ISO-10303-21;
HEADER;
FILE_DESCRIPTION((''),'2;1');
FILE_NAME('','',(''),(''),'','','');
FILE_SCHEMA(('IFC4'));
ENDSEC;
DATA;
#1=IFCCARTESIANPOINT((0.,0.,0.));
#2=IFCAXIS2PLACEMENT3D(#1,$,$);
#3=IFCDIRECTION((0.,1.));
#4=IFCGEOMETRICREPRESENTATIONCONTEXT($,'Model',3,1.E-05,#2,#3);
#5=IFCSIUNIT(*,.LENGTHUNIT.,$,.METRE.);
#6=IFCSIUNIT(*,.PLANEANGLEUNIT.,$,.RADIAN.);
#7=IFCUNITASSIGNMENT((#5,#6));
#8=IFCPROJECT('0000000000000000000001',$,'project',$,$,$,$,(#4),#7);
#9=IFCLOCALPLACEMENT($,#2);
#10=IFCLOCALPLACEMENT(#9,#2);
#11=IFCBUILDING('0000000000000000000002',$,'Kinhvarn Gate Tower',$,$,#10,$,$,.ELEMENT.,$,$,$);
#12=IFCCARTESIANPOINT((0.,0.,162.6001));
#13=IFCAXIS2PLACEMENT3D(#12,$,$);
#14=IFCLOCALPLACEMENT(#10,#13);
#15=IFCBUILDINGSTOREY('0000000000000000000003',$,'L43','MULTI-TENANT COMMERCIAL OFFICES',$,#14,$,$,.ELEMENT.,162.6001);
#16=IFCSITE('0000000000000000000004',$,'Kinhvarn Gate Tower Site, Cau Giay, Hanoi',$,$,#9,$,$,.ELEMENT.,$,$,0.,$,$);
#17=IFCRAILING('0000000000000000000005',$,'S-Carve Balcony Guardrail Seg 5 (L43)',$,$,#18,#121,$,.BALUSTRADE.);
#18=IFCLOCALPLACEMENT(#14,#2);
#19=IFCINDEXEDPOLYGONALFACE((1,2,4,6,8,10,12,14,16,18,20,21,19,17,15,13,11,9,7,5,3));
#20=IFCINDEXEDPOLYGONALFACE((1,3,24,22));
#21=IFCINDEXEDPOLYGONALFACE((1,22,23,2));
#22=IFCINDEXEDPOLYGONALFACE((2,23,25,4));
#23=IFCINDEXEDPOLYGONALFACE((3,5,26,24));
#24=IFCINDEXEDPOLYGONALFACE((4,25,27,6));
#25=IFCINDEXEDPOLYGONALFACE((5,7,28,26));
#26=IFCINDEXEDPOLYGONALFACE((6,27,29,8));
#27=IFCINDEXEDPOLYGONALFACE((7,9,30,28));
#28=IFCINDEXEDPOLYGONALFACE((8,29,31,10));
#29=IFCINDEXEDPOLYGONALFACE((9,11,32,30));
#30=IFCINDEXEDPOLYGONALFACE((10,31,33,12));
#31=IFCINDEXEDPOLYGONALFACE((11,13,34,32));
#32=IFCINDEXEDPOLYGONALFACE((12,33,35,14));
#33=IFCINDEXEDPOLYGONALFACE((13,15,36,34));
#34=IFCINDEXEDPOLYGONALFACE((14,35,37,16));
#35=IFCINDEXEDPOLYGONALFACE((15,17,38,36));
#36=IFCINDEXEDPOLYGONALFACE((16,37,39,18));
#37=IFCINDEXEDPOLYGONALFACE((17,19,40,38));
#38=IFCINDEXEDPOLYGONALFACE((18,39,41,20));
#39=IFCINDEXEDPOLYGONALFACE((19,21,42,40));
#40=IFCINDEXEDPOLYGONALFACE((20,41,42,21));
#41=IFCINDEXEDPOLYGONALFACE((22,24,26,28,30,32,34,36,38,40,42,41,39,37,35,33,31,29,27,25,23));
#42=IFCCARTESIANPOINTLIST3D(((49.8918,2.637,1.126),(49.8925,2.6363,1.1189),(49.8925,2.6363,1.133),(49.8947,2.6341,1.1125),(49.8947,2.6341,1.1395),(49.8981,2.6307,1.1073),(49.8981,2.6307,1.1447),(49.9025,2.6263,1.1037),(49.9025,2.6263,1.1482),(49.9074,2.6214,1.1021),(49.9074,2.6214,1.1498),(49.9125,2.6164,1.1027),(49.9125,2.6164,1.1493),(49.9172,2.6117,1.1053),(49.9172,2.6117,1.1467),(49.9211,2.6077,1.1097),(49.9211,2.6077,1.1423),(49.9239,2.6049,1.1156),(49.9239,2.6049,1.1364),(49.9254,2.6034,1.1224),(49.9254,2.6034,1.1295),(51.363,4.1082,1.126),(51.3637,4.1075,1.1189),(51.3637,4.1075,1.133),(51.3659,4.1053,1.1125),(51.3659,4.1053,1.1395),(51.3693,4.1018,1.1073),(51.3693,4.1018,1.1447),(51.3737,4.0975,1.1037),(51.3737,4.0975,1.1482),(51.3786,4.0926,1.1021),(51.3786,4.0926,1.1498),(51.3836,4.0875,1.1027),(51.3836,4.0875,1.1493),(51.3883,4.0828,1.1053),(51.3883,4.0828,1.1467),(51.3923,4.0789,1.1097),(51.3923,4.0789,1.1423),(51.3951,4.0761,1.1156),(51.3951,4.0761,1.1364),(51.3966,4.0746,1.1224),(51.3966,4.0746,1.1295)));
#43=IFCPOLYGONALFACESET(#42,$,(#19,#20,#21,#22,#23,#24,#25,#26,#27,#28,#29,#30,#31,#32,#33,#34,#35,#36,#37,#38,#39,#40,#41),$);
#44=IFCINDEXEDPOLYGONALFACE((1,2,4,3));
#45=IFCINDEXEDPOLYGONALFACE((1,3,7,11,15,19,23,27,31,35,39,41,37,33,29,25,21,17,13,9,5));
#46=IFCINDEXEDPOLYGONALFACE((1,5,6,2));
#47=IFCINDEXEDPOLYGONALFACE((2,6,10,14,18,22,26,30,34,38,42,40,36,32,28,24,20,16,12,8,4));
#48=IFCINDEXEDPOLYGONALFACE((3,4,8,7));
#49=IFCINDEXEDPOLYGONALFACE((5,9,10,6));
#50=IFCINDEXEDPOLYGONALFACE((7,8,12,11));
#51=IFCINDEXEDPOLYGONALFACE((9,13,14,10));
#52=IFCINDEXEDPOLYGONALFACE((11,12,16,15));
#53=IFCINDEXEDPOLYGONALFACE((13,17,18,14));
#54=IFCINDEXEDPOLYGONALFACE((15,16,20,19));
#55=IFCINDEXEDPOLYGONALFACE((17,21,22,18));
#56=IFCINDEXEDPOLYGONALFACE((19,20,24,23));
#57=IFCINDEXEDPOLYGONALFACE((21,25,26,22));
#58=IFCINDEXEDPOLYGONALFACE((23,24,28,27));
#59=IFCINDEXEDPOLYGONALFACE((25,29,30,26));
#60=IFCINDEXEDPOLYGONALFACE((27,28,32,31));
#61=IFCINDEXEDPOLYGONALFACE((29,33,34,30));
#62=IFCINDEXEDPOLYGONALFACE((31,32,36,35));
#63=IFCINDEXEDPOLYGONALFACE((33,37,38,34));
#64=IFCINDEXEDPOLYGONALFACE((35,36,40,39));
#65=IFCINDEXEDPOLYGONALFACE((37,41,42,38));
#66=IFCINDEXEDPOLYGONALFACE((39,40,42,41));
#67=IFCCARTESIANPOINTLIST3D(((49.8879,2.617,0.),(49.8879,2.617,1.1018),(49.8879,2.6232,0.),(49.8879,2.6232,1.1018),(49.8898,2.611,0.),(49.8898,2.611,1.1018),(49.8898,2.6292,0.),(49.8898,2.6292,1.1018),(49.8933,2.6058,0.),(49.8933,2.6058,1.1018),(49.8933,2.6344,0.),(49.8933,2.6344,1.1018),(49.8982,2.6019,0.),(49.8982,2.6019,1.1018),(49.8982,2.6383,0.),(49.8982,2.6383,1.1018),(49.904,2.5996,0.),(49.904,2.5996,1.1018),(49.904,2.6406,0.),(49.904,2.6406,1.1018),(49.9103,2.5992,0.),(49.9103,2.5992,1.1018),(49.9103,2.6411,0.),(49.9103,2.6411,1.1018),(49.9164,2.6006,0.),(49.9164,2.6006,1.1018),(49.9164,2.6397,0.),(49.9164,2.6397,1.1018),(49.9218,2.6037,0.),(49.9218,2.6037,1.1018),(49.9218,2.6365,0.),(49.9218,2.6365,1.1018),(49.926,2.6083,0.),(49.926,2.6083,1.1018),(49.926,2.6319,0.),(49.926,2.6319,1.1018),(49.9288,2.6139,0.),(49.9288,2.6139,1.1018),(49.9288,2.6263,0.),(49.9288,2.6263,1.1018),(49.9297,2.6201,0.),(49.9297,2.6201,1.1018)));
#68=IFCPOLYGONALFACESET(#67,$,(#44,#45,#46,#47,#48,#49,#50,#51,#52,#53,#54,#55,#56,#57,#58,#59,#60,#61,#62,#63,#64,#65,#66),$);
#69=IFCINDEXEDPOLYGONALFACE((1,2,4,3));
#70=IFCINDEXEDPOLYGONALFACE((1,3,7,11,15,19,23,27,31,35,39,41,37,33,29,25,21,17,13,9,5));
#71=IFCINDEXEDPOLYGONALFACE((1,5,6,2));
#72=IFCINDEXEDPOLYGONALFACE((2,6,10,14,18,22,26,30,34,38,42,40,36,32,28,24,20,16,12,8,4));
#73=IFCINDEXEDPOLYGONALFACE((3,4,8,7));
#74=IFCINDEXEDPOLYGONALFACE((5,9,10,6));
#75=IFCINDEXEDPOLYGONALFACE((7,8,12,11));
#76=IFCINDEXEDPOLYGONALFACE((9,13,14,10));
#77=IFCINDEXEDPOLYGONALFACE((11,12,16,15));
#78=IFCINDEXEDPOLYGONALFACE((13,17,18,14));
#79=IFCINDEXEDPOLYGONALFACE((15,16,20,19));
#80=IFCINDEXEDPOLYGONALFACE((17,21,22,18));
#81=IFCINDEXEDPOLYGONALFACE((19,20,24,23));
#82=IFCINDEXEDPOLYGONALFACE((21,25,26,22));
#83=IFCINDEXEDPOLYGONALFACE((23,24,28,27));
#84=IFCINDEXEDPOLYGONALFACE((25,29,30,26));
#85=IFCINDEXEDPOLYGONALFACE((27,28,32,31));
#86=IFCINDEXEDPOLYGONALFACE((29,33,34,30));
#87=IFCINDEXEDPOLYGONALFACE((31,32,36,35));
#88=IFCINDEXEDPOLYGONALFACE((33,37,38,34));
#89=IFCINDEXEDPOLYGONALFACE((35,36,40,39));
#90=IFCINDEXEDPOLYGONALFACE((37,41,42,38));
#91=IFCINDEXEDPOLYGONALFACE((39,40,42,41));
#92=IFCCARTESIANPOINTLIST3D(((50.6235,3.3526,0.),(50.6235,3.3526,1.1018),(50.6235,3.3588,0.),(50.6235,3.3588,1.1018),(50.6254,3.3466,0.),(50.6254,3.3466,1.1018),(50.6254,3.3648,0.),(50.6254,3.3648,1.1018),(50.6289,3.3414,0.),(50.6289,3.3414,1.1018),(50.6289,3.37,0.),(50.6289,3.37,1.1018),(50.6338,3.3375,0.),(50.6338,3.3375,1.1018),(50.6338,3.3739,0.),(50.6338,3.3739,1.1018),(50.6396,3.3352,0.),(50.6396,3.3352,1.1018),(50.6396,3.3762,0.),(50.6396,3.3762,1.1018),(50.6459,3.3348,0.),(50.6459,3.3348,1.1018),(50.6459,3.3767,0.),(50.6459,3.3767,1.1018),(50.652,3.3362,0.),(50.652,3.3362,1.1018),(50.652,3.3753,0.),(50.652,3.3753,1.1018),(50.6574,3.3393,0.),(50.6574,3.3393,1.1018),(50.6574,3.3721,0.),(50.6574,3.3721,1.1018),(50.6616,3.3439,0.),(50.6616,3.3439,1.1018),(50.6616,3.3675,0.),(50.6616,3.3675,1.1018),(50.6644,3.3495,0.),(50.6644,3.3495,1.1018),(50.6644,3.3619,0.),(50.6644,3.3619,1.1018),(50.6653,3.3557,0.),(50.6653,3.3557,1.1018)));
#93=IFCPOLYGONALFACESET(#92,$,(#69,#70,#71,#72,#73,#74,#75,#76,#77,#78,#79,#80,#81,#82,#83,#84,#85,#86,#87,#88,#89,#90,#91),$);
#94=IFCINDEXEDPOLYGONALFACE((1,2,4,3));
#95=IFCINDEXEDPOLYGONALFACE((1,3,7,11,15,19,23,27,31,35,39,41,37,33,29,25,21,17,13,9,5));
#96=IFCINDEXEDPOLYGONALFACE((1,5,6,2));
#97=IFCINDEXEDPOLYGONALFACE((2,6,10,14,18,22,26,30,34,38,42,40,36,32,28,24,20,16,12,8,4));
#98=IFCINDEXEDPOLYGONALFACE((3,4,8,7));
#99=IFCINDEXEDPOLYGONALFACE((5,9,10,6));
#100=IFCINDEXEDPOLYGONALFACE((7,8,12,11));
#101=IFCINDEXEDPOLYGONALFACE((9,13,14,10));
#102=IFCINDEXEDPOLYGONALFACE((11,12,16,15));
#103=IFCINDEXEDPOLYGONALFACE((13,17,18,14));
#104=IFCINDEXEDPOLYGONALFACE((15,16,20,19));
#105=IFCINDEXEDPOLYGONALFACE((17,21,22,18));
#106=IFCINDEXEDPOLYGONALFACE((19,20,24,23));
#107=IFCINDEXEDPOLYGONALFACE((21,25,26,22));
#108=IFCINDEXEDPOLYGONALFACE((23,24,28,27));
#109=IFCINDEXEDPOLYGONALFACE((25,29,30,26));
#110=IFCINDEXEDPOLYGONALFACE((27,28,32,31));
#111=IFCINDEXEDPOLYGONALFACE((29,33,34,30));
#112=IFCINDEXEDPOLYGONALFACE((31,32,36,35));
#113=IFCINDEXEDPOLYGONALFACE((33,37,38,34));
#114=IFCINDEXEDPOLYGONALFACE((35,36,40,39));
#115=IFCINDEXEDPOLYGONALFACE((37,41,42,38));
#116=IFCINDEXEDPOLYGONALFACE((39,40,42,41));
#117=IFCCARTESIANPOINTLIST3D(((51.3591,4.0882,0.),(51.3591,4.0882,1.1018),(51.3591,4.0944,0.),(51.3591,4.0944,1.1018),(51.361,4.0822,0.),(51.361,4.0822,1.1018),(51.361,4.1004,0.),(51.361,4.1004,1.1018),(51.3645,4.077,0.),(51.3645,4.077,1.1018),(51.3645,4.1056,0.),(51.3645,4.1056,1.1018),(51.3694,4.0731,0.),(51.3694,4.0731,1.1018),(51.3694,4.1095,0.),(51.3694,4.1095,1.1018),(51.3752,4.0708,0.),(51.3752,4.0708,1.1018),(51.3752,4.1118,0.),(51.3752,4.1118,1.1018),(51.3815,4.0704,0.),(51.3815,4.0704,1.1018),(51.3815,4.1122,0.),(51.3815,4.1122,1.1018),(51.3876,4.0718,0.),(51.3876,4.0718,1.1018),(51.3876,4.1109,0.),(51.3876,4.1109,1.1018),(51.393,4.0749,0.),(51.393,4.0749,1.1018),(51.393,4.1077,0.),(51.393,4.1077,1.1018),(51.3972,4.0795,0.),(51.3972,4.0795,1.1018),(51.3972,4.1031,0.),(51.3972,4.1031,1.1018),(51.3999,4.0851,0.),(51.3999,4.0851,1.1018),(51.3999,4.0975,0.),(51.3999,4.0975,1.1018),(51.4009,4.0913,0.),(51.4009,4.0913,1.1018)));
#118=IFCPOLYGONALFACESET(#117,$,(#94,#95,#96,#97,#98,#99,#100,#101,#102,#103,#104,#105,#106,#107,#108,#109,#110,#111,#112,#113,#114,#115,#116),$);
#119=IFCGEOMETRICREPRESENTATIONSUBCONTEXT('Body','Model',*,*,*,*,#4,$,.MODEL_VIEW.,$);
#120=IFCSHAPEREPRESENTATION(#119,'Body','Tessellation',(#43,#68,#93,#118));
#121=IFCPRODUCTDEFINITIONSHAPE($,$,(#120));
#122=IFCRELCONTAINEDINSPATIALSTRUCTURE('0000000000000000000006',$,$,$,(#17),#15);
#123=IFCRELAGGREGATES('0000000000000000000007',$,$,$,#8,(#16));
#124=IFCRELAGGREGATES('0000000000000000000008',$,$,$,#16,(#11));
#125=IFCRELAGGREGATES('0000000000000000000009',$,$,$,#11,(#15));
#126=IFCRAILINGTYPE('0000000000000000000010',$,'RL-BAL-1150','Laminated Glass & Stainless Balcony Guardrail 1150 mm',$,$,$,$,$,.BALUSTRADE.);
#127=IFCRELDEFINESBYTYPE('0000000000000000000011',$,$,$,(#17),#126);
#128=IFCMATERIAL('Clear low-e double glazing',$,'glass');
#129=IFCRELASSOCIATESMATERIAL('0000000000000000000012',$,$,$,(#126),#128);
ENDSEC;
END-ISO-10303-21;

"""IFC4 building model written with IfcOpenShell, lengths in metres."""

from ifc_helpers import new_model, si_unit, direction, frame, origin, origin_2d, place, context, subcontext, project, spatial, circle, extrude, material, type_object, element, save


model = new_model("IFC4")

# Units and contexts
model_context = context("Model", 3, precision=1e-05, world=origin(), true_north=direction((0.0, 1.0)))
body_context = subcontext(model_context, "Body", "Model", "MODEL_VIEW")
ifc_project = project(units=[si_unit("LENGTHUNIT", "METRE"), si_unit("PLANEANGLEUNIT", "RADIAN")], contexts=[model_context])

# Site, building, storey
site_placement = place(None, origin())
site = spatial("IfcSite", under=ifc_project, at=site_placement, Name="Kinhvarn Gate Tower Site, Cau Giay, Hanoi", CompositionType="ELEMENT", RefElevation=0.0)
building_placement = place(site_placement, origin())
building = spatial("IfcBuilding", under=site, at=building_placement, Name="Kinhvarn Gate Tower", CompositionType="ELEMENT")
storey_placement = place(building_placement, frame((0.0, 0.0, 162.6001)))
storey = spatial("IfcBuildingStorey", under=building, at=storey_placement, Name="L43", Description="MULTI-TENANT COMMERCIAL OFFICES", CompositionType="ELEMENT", Elevation=162.6001)

# Shared definitions
ifc_material_1 = material(Name="Clear low-e double glazing", Category="glass")

# Railing
railing_type = type_object("IfcRailingType", Name="RL-BAL-1150", Description="Laminated Glass & Stainless Balcony Guardrail 1150 mm", PredefinedType="BALUSTRADE", material=ifc_material_1)
railing_1_placement = place(storey_placement, frame((49.9087, 2.6201, 0.0)))
element("IfcRailing", 1, at=railing_1_placement, inside=storey, type_object=railing_type, Name="S-Carve Balcony Guardrail Seg 5 (L43)", PredefinedType="BALUSTRADE", context=body_context, shape_type="SweptSolid", body=[
    extrude(circle(Radius=0.0239, at=origin_2d()), frame((0.0, 0.0, 1.126), z_axis=(0.707107, 0.707107, 0.0), x_axis=(-0.707107, 0.707107, 0.0)), (0.0, 0.0, 1.0), 2.0806),
    extrude(circle(Radius=0.021, at=origin_2d()), origin(), (0.0, 0.0, 1.0), 1.1018),
    extrude(circle(Radius=0.021, at=origin_2d()), frame((0.7356, 0.7356, 0.0)), (0.0, 0.0, 1.0), 1.1018),
    extrude(circle(Radius=0.021, at=origin_2d()), frame((1.4712, 1.4712, 0.0)), (0.0, 0.0, 1.0), 1.1018),
])

save(model, "model.ifc")
